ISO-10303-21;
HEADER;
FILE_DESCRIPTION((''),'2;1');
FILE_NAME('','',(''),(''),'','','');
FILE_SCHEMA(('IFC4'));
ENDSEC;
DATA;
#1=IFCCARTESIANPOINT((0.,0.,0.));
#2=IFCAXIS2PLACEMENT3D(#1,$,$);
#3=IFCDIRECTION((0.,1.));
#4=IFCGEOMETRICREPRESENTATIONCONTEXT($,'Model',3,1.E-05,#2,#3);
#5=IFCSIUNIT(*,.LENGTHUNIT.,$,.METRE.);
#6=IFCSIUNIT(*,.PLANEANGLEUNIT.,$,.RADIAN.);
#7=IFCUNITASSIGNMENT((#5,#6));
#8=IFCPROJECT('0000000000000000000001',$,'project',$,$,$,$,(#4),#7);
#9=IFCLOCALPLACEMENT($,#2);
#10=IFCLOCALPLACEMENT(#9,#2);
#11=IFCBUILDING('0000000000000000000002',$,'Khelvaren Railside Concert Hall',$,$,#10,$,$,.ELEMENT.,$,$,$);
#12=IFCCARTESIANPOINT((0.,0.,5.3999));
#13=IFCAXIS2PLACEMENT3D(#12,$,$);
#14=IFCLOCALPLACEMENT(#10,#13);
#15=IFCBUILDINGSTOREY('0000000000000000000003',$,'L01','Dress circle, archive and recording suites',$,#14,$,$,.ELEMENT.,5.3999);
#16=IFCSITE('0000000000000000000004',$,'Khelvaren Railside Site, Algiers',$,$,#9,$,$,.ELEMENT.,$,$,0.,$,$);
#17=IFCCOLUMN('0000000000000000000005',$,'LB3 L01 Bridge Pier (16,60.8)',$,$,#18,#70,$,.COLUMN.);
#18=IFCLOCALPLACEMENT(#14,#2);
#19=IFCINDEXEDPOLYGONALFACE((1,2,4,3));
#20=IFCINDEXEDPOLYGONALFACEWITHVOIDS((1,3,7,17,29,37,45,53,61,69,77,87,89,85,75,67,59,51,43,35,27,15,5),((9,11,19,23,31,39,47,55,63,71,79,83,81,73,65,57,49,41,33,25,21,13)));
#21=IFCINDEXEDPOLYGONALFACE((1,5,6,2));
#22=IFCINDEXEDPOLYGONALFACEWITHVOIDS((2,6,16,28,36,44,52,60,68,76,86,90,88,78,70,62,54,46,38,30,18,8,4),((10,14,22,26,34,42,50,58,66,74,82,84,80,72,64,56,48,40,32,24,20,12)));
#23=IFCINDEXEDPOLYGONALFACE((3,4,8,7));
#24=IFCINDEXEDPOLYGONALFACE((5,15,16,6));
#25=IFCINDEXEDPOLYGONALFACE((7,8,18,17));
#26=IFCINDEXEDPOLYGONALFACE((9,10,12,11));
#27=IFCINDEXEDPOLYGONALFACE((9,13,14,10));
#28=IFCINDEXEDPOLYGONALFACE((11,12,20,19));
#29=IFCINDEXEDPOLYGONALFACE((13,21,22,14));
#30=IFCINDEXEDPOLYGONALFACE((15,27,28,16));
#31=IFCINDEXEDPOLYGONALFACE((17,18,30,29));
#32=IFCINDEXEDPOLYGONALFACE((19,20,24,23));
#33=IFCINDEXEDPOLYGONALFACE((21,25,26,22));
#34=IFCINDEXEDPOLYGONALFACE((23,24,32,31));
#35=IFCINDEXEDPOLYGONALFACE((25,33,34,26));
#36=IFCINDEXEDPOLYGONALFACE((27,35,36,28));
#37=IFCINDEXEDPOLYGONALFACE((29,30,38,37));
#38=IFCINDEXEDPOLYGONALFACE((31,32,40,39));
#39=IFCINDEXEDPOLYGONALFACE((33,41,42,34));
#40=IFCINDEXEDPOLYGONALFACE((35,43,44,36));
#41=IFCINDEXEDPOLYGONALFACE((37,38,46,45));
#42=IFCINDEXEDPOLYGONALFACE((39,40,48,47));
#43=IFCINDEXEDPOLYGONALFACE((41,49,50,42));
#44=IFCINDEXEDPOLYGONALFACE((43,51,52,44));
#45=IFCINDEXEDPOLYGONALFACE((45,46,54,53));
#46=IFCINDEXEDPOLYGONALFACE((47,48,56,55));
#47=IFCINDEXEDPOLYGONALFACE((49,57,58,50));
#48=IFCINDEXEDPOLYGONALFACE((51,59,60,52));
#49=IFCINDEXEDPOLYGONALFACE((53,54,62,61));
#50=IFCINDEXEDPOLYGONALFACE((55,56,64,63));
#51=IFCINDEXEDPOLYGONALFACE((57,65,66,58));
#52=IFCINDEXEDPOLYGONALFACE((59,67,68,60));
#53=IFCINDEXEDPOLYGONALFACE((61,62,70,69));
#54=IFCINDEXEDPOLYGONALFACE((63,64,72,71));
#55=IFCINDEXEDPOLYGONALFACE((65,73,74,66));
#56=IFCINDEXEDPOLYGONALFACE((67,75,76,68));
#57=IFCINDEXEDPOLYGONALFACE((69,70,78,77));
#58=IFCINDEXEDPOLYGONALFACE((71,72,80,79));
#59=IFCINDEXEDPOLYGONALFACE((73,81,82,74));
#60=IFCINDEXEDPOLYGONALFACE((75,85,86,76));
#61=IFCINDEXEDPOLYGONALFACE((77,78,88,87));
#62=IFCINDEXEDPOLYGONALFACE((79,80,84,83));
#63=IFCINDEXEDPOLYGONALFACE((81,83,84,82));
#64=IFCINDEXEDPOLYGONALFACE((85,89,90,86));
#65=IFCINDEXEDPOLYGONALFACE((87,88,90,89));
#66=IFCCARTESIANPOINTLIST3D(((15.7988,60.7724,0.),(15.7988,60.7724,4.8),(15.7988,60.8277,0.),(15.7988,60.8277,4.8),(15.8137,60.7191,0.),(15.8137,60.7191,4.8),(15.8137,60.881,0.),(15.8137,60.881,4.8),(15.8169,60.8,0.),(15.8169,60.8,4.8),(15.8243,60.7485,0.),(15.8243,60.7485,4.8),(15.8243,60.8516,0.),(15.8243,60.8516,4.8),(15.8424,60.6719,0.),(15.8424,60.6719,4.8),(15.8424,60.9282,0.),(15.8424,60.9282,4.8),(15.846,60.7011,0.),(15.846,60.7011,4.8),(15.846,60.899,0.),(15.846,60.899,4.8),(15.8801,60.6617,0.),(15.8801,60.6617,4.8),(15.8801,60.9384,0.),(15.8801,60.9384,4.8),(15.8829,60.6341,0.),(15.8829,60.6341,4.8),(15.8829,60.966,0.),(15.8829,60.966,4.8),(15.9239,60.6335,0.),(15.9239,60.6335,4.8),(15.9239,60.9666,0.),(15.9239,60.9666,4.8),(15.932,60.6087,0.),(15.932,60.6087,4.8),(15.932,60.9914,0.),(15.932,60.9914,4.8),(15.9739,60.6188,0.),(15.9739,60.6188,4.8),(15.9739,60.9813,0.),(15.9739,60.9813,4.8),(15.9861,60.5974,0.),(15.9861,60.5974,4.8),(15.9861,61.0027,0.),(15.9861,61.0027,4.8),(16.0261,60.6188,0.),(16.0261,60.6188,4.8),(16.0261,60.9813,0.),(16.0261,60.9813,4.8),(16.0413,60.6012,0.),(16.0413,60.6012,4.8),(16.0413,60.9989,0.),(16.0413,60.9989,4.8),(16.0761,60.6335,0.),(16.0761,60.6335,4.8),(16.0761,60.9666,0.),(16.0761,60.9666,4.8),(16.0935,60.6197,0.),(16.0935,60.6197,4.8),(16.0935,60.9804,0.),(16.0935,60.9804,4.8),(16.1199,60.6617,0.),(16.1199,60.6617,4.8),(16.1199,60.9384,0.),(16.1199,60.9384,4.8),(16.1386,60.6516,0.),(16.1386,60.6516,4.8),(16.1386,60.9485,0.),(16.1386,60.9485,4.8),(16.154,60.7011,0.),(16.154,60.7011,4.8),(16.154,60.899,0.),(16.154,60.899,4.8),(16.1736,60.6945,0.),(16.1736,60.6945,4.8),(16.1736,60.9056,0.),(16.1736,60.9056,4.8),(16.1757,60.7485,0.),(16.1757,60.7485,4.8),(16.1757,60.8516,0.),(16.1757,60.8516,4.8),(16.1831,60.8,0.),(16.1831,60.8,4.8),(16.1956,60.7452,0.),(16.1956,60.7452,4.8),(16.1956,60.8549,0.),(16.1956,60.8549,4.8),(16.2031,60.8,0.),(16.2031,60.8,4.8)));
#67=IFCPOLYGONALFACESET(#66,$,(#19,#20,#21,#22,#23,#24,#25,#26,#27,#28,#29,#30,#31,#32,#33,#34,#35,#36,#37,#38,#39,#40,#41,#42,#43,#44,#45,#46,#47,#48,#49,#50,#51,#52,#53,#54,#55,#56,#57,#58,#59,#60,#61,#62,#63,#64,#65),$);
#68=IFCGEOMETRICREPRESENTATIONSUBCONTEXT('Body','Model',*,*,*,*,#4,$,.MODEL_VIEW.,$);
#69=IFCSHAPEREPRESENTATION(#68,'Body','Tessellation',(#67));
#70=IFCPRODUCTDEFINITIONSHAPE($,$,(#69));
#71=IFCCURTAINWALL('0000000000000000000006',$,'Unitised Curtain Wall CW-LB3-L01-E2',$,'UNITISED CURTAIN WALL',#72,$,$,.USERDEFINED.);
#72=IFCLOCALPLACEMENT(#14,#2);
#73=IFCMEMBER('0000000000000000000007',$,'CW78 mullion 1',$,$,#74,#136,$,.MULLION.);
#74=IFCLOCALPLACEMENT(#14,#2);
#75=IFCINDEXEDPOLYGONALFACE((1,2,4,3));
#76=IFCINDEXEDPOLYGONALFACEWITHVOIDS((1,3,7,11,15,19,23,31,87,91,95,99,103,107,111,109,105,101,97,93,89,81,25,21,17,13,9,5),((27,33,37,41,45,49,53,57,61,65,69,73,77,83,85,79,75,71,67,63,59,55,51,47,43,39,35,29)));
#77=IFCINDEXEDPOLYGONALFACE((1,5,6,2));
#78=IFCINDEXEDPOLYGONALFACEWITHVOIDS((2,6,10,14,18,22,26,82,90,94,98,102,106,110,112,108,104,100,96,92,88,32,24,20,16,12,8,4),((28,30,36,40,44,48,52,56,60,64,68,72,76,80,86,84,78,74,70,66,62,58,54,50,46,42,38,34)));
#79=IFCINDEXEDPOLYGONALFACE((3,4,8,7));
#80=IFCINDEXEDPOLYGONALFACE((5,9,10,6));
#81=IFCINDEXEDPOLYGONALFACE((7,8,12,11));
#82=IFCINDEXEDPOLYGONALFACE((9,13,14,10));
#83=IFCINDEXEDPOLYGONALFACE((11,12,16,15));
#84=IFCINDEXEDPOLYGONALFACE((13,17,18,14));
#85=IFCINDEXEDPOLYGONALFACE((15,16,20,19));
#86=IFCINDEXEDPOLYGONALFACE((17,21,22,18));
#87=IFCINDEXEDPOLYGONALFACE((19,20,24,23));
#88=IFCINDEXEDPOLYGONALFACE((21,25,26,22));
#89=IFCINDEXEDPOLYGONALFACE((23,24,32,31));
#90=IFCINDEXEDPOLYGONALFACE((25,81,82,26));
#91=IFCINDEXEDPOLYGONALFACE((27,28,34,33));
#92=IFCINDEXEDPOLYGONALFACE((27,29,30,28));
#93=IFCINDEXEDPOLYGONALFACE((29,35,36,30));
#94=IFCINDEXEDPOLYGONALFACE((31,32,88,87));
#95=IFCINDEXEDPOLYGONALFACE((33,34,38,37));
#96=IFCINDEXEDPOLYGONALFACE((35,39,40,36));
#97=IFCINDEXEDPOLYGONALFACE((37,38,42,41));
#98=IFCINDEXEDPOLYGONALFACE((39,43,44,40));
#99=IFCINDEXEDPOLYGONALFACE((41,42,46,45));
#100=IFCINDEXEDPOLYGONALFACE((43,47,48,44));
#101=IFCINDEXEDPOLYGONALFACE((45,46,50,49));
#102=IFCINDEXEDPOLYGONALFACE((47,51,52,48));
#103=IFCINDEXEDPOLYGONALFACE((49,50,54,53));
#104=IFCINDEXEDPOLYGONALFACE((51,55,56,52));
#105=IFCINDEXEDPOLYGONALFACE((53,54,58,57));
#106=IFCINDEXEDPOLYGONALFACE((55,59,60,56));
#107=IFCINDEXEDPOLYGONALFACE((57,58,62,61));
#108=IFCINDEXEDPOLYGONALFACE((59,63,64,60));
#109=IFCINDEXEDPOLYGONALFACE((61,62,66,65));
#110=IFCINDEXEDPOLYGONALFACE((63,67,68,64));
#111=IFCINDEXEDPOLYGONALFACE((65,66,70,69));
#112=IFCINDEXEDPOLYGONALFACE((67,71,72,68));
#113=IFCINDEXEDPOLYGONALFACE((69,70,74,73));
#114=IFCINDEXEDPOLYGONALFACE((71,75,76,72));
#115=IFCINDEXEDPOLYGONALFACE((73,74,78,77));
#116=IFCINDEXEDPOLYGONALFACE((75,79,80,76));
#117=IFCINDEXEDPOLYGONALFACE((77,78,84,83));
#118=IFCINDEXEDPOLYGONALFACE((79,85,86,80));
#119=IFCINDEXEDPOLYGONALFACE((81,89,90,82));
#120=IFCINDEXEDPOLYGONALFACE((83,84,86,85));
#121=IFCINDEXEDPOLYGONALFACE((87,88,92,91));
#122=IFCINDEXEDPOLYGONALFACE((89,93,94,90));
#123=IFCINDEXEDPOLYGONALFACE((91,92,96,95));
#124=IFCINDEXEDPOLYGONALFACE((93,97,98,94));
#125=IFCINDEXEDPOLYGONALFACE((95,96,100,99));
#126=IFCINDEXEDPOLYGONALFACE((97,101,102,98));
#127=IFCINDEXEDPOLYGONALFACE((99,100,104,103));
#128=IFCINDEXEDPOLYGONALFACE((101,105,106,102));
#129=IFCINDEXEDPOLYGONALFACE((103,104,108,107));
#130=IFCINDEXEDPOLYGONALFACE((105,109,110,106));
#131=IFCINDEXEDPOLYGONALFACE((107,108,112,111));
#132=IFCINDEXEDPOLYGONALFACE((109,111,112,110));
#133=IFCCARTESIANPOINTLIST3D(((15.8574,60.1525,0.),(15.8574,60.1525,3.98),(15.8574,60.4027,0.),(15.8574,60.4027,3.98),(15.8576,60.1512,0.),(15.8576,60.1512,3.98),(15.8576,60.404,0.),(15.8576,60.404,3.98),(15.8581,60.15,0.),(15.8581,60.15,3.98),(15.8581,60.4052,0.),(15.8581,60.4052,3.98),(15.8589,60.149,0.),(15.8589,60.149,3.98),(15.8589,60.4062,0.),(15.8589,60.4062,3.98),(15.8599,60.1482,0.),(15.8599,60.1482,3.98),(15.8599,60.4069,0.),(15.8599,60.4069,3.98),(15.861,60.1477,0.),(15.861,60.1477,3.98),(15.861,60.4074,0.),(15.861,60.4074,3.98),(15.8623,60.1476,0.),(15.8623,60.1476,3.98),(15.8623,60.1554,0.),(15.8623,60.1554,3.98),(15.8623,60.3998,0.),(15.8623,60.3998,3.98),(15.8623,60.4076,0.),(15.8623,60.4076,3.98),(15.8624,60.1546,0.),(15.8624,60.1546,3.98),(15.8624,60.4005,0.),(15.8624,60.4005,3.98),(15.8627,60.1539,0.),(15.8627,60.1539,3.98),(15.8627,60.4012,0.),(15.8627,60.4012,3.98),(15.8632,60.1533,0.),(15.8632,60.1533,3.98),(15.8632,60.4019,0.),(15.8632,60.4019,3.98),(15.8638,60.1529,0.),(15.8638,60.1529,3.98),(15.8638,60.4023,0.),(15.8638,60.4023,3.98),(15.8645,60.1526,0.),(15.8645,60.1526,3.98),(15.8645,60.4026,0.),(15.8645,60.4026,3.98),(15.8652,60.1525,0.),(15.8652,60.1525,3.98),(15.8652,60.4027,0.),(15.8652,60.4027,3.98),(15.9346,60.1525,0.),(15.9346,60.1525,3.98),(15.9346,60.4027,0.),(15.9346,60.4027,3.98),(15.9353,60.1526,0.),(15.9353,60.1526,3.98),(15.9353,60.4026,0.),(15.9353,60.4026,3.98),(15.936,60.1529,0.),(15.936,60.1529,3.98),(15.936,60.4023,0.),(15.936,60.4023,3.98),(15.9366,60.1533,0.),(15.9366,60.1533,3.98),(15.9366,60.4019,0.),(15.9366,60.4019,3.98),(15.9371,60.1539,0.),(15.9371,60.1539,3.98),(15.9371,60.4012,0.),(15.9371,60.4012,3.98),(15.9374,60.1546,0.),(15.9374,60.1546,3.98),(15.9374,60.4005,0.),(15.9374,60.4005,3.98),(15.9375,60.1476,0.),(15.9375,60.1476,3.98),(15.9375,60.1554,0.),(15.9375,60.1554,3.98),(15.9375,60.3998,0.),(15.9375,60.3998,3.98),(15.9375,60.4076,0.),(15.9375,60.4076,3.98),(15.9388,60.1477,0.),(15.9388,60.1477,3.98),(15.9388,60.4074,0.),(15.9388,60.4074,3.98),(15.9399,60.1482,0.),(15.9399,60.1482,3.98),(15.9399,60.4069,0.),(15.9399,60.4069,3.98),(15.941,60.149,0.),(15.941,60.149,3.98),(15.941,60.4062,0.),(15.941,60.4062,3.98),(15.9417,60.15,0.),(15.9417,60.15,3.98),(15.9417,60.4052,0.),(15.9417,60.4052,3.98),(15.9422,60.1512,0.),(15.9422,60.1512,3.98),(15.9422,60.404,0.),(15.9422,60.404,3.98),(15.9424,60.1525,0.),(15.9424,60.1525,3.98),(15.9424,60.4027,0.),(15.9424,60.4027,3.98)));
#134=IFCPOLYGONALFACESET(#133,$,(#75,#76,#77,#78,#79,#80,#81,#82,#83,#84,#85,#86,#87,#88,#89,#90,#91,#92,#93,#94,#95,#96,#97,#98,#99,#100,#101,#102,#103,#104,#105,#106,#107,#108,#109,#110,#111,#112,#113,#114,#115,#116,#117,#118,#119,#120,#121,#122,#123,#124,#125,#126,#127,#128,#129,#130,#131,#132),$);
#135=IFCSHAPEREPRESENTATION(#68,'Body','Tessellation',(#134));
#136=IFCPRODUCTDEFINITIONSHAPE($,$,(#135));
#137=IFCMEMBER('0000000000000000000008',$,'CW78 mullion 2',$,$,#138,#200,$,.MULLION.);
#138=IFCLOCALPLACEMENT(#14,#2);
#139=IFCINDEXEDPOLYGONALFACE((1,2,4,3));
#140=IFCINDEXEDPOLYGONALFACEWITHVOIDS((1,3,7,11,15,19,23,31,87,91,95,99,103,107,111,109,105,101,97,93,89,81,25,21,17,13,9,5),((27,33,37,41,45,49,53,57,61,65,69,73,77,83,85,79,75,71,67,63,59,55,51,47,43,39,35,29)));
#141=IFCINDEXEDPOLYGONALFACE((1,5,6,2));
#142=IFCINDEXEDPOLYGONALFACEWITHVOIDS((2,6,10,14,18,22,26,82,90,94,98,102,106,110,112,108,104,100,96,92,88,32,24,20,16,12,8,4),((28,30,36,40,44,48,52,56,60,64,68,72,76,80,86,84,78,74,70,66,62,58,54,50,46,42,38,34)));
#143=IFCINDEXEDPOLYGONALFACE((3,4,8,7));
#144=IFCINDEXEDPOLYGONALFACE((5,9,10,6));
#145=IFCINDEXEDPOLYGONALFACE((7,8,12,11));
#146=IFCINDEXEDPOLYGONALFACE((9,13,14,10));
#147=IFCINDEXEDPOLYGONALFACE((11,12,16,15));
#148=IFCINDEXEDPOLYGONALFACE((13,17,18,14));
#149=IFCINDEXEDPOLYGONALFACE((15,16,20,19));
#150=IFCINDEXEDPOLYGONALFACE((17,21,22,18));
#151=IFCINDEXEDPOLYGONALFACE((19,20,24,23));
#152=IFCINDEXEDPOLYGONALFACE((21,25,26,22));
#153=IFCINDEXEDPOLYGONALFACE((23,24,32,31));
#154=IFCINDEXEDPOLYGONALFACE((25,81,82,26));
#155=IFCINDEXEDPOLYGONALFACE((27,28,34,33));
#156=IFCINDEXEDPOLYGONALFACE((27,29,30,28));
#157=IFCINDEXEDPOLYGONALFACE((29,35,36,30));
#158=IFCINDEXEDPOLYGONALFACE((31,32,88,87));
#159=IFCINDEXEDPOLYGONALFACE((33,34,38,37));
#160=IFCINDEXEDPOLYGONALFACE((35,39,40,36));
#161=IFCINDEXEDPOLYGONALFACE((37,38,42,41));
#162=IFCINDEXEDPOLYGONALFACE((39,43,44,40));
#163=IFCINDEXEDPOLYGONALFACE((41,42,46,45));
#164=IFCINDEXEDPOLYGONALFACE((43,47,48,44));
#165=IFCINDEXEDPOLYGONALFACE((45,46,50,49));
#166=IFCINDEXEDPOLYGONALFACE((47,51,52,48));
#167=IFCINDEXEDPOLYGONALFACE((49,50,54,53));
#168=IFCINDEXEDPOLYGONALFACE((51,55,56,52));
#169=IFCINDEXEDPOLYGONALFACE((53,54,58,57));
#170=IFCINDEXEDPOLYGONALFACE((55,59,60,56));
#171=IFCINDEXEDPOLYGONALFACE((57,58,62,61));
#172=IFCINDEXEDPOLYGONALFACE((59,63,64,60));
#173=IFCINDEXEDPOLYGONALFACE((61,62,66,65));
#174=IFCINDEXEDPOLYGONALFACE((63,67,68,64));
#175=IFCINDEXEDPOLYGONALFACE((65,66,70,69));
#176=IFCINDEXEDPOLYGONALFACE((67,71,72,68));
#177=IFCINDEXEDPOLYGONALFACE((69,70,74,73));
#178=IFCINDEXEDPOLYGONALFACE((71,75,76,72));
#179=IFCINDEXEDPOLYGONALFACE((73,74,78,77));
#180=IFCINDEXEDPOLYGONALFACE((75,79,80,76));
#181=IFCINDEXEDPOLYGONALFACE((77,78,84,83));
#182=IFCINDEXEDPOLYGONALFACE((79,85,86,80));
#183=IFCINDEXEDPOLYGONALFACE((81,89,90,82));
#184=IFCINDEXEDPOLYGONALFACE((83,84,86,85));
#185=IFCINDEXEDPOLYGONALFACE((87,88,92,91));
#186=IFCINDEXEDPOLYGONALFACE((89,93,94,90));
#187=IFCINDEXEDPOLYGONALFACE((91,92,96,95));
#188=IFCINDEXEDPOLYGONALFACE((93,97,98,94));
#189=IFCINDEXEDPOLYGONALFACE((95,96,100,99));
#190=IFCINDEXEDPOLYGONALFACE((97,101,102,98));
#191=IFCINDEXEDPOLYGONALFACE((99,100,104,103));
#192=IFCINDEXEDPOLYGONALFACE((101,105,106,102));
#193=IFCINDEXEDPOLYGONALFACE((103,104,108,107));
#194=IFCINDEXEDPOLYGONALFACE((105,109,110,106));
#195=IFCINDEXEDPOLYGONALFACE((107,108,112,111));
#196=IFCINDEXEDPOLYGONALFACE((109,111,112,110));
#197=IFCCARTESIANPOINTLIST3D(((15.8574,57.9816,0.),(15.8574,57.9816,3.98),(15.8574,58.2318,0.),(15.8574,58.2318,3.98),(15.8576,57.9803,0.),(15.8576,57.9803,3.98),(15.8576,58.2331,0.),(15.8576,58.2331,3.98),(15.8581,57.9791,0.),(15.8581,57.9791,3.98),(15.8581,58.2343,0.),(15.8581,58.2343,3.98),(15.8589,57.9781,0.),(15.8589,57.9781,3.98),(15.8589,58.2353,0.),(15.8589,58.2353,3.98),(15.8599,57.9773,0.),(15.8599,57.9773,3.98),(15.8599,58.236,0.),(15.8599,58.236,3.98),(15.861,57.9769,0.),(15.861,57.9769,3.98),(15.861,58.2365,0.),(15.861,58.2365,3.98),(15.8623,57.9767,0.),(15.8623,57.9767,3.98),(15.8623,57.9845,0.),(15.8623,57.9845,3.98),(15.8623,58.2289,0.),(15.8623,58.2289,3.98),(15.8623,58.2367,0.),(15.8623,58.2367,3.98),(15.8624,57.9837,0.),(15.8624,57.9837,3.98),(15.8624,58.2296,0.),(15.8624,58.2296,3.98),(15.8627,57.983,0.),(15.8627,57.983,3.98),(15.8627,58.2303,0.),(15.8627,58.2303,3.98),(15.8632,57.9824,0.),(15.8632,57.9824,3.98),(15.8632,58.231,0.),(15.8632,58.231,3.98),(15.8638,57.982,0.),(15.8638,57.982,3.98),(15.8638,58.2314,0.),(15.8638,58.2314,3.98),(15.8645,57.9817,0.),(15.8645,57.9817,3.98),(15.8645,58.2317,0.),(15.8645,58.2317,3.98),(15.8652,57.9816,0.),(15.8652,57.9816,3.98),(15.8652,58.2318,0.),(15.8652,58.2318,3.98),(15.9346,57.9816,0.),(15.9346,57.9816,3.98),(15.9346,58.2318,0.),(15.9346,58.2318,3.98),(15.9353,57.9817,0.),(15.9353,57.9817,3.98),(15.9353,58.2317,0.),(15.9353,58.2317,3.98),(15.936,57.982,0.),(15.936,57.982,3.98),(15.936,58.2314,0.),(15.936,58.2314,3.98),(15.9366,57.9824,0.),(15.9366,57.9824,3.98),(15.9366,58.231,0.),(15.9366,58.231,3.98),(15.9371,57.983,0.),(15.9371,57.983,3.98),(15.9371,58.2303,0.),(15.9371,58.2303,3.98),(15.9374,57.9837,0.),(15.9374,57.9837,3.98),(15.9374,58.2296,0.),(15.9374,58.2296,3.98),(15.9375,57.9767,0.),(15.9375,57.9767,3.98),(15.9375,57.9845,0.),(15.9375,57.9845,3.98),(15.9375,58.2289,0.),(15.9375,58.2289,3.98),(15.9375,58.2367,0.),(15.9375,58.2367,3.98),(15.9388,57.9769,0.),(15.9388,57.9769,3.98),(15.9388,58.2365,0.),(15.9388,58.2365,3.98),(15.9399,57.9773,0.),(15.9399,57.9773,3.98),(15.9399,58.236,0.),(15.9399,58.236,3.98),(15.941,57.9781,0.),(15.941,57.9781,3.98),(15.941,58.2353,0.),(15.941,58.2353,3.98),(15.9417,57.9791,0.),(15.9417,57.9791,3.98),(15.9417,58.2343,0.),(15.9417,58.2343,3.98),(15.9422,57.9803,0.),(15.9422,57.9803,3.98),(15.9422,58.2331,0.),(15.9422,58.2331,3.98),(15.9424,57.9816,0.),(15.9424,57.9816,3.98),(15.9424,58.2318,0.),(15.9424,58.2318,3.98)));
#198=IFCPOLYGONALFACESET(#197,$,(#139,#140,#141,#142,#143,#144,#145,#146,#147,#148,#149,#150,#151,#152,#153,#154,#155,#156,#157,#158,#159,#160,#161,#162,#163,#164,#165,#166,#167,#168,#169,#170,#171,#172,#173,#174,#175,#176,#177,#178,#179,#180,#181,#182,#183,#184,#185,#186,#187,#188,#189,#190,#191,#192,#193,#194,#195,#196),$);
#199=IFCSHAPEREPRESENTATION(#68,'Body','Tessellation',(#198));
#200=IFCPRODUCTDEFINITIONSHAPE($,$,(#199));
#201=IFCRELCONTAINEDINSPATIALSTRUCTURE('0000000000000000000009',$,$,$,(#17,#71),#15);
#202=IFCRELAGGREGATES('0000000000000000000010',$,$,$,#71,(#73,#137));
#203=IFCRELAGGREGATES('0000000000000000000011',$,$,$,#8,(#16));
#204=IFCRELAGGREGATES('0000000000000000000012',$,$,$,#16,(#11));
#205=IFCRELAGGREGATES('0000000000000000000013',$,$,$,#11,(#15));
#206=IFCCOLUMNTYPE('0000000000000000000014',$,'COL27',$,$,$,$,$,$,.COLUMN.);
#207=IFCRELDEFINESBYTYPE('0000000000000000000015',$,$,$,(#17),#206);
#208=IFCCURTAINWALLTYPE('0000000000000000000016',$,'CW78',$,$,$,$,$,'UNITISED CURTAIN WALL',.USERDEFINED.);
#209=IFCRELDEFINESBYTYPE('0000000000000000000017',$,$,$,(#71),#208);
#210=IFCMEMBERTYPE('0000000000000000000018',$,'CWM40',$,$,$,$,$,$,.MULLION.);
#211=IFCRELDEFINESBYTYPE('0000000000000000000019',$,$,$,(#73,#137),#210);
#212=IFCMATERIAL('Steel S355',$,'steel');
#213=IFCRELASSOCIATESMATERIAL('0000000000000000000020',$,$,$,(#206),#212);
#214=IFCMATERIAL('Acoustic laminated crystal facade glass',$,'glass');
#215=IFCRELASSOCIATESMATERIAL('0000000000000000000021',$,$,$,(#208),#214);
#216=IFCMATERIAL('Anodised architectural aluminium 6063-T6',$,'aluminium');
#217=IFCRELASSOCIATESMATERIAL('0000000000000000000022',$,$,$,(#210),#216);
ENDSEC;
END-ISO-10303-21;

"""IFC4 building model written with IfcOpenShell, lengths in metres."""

from ifc_helpers import new_model, si_unit, direction, frame, origin, origin_2d, place, context, subcontext, project, spatial, hollow_rectangle, hollow_circle, extrude, material, material_profile, profile_set, type_object, element, aggregate, save


model = new_model("IFC4")

# Units and contexts
model_context = context("Model", 3, precision=1e-05, world=origin(), true_north=direction((0.0, 1.0)))
body_context = subcontext(model_context, "Body", "Model", "MODEL_VIEW")
ifc_project = project(units=[si_unit("LENGTHUNIT", "METRE"), si_unit("PLANEANGLEUNIT", "RADIAN")], contexts=[model_context])

# Site, building, storey
site_placement = place(None, origin())
site = spatial("IfcSite", under=ifc_project, at=site_placement, Name="Khelvaren Railside Site, Algiers", CompositionType="ELEMENT", RefElevation=0.0)
building_placement = place(site_placement, origin())
building = spatial("IfcBuilding", under=site, at=building_placement, Name="Khelvaren Railside Concert Hall", CompositionType="ELEMENT")
storey_placement = place(building_placement, frame((0.0, 0.0, 5.3999)))
storey = spatial("IfcBuildingStorey", under=building, at=storey_placement, Name="L01", Description="Dress circle, archive and recording suites", CompositionType="ELEMENT", Elevation=5.3999)

# Column
ifc_material_1 = material(Name="Steel S355", Category="steel")
ifc_material_profile_1 = material_profile(ifc_material_1, hollow_circle(Radius=0.2031, WallThickness=0.02, at=origin_2d()), Name="CHS 406.4x20")
ifc_profile_set_1 = profile_set([ifc_material_profile_1], Name="Steel S355")
column_type = type_object("IfcColumnType", Name="COL27", PredefinedType="COLUMN", material=ifc_profile_set_1)
column_placement = place(storey_placement, frame((16.0, 60.8, 0.0), z_axis=(0.0, 0.0, 1.0), x_axis=(1.0, 0.0, 0.0)))
element("IfcColumn", 1, at=column_placement, inside=storey, type_object=column_type, Name="LB3 L01 Bridge Pier (16,60.8)", PredefinedType="COLUMN", context=body_context, shape_type="SweptSolid", body=[
    extrude(hollow_circle(Radius=0.2031, WallThickness=0.02, at=origin_2d()), origin(), (0.0, 0.0, 1.0), 4.8),
])

# Curtain wall, members
ifc_material_2 = material(Name="Acoustic laminated crystal facade glass", Category="glass")
curtain_wall_type = type_object("IfcCurtainWallType", Name="CW78", ElementType="UNITISED CURTAIN WALL", PredefinedType="USERDEFINED", material=ifc_material_2)
curtain_wall_1_placement = place(storey_placement, origin())
curtain_wall_1 = element("IfcCurtainWall", 2, at=curtain_wall_1_placement, inside=storey, type_object=curtain_wall_type, Name="Unitised Curtain Wall CW-LB3-L01-E2", ObjectType="UNITISED CURTAIN WALL", PredefinedType="USERDEFINED")
ifc_material_3 = material(Name="Anodised architectural aluminium 6063-T6", Category="aluminium")
ifc_material_profile_2 = material_profile(ifc_material_3, hollow_rectangle(XDim=0.085, YDim=0.26, WallThickness=0.0049, InnerFilletRadius=0.0029, OuterFilletRadius=0.0049, at=origin_2d()), Name="CWM 85x260x5")
ifc_profile_set_2 = profile_set([ifc_material_profile_2], Name="Anodised architectural aluminium 6063-T6")
member_type_1 = type_object("IfcMemberType", Name="CWM40", PredefinedType="MULLION", material=ifc_profile_set_2)
member_1_placement = place(storey_placement, frame((15.8999, 60.2776, 0.0), z_axis=(0.0, 0.0, 1.0), x_axis=(1.0, 0.0, 0.0)))
member_1 = element("IfcMember", 3, at=member_1_placement, type_object=member_type_1, Name="CW78 mullion 1", PredefinedType="MULLION", context=body_context, shape_type="SweptSolid", body=[
    extrude(hollow_rectangle(XDim=0.085, YDim=0.26, WallThickness=0.0049, InnerFilletRadius=0.0029, OuterFilletRadius=0.0049, at=origin_2d()), origin(), (0.0, 0.0, 1.0), 3.98),
])
member_2_placement = place(storey_placement, frame((15.8999, 58.1067, 0.0), z_axis=(0.0, 0.0, 1.0), x_axis=(1.0, 0.0, 0.0)))
member_2 = element("IfcMember", 4, at=member_2_placement, type_object=member_type_1, Name="CW78 mullion 2", PredefinedType="MULLION", context=body_context, shape_type="SweptSolid", body=[
    extrude(hollow_rectangle(XDim=0.085, YDim=0.26, WallThickness=0.0049, InnerFilletRadius=0.0029, OuterFilletRadius=0.0049, at=origin_2d()), origin(), (0.0, 0.0, 1.0), 3.98),
])

aggregate(curtain_wall_1, [member_1, member_2])

save(model, "model.ifc")
